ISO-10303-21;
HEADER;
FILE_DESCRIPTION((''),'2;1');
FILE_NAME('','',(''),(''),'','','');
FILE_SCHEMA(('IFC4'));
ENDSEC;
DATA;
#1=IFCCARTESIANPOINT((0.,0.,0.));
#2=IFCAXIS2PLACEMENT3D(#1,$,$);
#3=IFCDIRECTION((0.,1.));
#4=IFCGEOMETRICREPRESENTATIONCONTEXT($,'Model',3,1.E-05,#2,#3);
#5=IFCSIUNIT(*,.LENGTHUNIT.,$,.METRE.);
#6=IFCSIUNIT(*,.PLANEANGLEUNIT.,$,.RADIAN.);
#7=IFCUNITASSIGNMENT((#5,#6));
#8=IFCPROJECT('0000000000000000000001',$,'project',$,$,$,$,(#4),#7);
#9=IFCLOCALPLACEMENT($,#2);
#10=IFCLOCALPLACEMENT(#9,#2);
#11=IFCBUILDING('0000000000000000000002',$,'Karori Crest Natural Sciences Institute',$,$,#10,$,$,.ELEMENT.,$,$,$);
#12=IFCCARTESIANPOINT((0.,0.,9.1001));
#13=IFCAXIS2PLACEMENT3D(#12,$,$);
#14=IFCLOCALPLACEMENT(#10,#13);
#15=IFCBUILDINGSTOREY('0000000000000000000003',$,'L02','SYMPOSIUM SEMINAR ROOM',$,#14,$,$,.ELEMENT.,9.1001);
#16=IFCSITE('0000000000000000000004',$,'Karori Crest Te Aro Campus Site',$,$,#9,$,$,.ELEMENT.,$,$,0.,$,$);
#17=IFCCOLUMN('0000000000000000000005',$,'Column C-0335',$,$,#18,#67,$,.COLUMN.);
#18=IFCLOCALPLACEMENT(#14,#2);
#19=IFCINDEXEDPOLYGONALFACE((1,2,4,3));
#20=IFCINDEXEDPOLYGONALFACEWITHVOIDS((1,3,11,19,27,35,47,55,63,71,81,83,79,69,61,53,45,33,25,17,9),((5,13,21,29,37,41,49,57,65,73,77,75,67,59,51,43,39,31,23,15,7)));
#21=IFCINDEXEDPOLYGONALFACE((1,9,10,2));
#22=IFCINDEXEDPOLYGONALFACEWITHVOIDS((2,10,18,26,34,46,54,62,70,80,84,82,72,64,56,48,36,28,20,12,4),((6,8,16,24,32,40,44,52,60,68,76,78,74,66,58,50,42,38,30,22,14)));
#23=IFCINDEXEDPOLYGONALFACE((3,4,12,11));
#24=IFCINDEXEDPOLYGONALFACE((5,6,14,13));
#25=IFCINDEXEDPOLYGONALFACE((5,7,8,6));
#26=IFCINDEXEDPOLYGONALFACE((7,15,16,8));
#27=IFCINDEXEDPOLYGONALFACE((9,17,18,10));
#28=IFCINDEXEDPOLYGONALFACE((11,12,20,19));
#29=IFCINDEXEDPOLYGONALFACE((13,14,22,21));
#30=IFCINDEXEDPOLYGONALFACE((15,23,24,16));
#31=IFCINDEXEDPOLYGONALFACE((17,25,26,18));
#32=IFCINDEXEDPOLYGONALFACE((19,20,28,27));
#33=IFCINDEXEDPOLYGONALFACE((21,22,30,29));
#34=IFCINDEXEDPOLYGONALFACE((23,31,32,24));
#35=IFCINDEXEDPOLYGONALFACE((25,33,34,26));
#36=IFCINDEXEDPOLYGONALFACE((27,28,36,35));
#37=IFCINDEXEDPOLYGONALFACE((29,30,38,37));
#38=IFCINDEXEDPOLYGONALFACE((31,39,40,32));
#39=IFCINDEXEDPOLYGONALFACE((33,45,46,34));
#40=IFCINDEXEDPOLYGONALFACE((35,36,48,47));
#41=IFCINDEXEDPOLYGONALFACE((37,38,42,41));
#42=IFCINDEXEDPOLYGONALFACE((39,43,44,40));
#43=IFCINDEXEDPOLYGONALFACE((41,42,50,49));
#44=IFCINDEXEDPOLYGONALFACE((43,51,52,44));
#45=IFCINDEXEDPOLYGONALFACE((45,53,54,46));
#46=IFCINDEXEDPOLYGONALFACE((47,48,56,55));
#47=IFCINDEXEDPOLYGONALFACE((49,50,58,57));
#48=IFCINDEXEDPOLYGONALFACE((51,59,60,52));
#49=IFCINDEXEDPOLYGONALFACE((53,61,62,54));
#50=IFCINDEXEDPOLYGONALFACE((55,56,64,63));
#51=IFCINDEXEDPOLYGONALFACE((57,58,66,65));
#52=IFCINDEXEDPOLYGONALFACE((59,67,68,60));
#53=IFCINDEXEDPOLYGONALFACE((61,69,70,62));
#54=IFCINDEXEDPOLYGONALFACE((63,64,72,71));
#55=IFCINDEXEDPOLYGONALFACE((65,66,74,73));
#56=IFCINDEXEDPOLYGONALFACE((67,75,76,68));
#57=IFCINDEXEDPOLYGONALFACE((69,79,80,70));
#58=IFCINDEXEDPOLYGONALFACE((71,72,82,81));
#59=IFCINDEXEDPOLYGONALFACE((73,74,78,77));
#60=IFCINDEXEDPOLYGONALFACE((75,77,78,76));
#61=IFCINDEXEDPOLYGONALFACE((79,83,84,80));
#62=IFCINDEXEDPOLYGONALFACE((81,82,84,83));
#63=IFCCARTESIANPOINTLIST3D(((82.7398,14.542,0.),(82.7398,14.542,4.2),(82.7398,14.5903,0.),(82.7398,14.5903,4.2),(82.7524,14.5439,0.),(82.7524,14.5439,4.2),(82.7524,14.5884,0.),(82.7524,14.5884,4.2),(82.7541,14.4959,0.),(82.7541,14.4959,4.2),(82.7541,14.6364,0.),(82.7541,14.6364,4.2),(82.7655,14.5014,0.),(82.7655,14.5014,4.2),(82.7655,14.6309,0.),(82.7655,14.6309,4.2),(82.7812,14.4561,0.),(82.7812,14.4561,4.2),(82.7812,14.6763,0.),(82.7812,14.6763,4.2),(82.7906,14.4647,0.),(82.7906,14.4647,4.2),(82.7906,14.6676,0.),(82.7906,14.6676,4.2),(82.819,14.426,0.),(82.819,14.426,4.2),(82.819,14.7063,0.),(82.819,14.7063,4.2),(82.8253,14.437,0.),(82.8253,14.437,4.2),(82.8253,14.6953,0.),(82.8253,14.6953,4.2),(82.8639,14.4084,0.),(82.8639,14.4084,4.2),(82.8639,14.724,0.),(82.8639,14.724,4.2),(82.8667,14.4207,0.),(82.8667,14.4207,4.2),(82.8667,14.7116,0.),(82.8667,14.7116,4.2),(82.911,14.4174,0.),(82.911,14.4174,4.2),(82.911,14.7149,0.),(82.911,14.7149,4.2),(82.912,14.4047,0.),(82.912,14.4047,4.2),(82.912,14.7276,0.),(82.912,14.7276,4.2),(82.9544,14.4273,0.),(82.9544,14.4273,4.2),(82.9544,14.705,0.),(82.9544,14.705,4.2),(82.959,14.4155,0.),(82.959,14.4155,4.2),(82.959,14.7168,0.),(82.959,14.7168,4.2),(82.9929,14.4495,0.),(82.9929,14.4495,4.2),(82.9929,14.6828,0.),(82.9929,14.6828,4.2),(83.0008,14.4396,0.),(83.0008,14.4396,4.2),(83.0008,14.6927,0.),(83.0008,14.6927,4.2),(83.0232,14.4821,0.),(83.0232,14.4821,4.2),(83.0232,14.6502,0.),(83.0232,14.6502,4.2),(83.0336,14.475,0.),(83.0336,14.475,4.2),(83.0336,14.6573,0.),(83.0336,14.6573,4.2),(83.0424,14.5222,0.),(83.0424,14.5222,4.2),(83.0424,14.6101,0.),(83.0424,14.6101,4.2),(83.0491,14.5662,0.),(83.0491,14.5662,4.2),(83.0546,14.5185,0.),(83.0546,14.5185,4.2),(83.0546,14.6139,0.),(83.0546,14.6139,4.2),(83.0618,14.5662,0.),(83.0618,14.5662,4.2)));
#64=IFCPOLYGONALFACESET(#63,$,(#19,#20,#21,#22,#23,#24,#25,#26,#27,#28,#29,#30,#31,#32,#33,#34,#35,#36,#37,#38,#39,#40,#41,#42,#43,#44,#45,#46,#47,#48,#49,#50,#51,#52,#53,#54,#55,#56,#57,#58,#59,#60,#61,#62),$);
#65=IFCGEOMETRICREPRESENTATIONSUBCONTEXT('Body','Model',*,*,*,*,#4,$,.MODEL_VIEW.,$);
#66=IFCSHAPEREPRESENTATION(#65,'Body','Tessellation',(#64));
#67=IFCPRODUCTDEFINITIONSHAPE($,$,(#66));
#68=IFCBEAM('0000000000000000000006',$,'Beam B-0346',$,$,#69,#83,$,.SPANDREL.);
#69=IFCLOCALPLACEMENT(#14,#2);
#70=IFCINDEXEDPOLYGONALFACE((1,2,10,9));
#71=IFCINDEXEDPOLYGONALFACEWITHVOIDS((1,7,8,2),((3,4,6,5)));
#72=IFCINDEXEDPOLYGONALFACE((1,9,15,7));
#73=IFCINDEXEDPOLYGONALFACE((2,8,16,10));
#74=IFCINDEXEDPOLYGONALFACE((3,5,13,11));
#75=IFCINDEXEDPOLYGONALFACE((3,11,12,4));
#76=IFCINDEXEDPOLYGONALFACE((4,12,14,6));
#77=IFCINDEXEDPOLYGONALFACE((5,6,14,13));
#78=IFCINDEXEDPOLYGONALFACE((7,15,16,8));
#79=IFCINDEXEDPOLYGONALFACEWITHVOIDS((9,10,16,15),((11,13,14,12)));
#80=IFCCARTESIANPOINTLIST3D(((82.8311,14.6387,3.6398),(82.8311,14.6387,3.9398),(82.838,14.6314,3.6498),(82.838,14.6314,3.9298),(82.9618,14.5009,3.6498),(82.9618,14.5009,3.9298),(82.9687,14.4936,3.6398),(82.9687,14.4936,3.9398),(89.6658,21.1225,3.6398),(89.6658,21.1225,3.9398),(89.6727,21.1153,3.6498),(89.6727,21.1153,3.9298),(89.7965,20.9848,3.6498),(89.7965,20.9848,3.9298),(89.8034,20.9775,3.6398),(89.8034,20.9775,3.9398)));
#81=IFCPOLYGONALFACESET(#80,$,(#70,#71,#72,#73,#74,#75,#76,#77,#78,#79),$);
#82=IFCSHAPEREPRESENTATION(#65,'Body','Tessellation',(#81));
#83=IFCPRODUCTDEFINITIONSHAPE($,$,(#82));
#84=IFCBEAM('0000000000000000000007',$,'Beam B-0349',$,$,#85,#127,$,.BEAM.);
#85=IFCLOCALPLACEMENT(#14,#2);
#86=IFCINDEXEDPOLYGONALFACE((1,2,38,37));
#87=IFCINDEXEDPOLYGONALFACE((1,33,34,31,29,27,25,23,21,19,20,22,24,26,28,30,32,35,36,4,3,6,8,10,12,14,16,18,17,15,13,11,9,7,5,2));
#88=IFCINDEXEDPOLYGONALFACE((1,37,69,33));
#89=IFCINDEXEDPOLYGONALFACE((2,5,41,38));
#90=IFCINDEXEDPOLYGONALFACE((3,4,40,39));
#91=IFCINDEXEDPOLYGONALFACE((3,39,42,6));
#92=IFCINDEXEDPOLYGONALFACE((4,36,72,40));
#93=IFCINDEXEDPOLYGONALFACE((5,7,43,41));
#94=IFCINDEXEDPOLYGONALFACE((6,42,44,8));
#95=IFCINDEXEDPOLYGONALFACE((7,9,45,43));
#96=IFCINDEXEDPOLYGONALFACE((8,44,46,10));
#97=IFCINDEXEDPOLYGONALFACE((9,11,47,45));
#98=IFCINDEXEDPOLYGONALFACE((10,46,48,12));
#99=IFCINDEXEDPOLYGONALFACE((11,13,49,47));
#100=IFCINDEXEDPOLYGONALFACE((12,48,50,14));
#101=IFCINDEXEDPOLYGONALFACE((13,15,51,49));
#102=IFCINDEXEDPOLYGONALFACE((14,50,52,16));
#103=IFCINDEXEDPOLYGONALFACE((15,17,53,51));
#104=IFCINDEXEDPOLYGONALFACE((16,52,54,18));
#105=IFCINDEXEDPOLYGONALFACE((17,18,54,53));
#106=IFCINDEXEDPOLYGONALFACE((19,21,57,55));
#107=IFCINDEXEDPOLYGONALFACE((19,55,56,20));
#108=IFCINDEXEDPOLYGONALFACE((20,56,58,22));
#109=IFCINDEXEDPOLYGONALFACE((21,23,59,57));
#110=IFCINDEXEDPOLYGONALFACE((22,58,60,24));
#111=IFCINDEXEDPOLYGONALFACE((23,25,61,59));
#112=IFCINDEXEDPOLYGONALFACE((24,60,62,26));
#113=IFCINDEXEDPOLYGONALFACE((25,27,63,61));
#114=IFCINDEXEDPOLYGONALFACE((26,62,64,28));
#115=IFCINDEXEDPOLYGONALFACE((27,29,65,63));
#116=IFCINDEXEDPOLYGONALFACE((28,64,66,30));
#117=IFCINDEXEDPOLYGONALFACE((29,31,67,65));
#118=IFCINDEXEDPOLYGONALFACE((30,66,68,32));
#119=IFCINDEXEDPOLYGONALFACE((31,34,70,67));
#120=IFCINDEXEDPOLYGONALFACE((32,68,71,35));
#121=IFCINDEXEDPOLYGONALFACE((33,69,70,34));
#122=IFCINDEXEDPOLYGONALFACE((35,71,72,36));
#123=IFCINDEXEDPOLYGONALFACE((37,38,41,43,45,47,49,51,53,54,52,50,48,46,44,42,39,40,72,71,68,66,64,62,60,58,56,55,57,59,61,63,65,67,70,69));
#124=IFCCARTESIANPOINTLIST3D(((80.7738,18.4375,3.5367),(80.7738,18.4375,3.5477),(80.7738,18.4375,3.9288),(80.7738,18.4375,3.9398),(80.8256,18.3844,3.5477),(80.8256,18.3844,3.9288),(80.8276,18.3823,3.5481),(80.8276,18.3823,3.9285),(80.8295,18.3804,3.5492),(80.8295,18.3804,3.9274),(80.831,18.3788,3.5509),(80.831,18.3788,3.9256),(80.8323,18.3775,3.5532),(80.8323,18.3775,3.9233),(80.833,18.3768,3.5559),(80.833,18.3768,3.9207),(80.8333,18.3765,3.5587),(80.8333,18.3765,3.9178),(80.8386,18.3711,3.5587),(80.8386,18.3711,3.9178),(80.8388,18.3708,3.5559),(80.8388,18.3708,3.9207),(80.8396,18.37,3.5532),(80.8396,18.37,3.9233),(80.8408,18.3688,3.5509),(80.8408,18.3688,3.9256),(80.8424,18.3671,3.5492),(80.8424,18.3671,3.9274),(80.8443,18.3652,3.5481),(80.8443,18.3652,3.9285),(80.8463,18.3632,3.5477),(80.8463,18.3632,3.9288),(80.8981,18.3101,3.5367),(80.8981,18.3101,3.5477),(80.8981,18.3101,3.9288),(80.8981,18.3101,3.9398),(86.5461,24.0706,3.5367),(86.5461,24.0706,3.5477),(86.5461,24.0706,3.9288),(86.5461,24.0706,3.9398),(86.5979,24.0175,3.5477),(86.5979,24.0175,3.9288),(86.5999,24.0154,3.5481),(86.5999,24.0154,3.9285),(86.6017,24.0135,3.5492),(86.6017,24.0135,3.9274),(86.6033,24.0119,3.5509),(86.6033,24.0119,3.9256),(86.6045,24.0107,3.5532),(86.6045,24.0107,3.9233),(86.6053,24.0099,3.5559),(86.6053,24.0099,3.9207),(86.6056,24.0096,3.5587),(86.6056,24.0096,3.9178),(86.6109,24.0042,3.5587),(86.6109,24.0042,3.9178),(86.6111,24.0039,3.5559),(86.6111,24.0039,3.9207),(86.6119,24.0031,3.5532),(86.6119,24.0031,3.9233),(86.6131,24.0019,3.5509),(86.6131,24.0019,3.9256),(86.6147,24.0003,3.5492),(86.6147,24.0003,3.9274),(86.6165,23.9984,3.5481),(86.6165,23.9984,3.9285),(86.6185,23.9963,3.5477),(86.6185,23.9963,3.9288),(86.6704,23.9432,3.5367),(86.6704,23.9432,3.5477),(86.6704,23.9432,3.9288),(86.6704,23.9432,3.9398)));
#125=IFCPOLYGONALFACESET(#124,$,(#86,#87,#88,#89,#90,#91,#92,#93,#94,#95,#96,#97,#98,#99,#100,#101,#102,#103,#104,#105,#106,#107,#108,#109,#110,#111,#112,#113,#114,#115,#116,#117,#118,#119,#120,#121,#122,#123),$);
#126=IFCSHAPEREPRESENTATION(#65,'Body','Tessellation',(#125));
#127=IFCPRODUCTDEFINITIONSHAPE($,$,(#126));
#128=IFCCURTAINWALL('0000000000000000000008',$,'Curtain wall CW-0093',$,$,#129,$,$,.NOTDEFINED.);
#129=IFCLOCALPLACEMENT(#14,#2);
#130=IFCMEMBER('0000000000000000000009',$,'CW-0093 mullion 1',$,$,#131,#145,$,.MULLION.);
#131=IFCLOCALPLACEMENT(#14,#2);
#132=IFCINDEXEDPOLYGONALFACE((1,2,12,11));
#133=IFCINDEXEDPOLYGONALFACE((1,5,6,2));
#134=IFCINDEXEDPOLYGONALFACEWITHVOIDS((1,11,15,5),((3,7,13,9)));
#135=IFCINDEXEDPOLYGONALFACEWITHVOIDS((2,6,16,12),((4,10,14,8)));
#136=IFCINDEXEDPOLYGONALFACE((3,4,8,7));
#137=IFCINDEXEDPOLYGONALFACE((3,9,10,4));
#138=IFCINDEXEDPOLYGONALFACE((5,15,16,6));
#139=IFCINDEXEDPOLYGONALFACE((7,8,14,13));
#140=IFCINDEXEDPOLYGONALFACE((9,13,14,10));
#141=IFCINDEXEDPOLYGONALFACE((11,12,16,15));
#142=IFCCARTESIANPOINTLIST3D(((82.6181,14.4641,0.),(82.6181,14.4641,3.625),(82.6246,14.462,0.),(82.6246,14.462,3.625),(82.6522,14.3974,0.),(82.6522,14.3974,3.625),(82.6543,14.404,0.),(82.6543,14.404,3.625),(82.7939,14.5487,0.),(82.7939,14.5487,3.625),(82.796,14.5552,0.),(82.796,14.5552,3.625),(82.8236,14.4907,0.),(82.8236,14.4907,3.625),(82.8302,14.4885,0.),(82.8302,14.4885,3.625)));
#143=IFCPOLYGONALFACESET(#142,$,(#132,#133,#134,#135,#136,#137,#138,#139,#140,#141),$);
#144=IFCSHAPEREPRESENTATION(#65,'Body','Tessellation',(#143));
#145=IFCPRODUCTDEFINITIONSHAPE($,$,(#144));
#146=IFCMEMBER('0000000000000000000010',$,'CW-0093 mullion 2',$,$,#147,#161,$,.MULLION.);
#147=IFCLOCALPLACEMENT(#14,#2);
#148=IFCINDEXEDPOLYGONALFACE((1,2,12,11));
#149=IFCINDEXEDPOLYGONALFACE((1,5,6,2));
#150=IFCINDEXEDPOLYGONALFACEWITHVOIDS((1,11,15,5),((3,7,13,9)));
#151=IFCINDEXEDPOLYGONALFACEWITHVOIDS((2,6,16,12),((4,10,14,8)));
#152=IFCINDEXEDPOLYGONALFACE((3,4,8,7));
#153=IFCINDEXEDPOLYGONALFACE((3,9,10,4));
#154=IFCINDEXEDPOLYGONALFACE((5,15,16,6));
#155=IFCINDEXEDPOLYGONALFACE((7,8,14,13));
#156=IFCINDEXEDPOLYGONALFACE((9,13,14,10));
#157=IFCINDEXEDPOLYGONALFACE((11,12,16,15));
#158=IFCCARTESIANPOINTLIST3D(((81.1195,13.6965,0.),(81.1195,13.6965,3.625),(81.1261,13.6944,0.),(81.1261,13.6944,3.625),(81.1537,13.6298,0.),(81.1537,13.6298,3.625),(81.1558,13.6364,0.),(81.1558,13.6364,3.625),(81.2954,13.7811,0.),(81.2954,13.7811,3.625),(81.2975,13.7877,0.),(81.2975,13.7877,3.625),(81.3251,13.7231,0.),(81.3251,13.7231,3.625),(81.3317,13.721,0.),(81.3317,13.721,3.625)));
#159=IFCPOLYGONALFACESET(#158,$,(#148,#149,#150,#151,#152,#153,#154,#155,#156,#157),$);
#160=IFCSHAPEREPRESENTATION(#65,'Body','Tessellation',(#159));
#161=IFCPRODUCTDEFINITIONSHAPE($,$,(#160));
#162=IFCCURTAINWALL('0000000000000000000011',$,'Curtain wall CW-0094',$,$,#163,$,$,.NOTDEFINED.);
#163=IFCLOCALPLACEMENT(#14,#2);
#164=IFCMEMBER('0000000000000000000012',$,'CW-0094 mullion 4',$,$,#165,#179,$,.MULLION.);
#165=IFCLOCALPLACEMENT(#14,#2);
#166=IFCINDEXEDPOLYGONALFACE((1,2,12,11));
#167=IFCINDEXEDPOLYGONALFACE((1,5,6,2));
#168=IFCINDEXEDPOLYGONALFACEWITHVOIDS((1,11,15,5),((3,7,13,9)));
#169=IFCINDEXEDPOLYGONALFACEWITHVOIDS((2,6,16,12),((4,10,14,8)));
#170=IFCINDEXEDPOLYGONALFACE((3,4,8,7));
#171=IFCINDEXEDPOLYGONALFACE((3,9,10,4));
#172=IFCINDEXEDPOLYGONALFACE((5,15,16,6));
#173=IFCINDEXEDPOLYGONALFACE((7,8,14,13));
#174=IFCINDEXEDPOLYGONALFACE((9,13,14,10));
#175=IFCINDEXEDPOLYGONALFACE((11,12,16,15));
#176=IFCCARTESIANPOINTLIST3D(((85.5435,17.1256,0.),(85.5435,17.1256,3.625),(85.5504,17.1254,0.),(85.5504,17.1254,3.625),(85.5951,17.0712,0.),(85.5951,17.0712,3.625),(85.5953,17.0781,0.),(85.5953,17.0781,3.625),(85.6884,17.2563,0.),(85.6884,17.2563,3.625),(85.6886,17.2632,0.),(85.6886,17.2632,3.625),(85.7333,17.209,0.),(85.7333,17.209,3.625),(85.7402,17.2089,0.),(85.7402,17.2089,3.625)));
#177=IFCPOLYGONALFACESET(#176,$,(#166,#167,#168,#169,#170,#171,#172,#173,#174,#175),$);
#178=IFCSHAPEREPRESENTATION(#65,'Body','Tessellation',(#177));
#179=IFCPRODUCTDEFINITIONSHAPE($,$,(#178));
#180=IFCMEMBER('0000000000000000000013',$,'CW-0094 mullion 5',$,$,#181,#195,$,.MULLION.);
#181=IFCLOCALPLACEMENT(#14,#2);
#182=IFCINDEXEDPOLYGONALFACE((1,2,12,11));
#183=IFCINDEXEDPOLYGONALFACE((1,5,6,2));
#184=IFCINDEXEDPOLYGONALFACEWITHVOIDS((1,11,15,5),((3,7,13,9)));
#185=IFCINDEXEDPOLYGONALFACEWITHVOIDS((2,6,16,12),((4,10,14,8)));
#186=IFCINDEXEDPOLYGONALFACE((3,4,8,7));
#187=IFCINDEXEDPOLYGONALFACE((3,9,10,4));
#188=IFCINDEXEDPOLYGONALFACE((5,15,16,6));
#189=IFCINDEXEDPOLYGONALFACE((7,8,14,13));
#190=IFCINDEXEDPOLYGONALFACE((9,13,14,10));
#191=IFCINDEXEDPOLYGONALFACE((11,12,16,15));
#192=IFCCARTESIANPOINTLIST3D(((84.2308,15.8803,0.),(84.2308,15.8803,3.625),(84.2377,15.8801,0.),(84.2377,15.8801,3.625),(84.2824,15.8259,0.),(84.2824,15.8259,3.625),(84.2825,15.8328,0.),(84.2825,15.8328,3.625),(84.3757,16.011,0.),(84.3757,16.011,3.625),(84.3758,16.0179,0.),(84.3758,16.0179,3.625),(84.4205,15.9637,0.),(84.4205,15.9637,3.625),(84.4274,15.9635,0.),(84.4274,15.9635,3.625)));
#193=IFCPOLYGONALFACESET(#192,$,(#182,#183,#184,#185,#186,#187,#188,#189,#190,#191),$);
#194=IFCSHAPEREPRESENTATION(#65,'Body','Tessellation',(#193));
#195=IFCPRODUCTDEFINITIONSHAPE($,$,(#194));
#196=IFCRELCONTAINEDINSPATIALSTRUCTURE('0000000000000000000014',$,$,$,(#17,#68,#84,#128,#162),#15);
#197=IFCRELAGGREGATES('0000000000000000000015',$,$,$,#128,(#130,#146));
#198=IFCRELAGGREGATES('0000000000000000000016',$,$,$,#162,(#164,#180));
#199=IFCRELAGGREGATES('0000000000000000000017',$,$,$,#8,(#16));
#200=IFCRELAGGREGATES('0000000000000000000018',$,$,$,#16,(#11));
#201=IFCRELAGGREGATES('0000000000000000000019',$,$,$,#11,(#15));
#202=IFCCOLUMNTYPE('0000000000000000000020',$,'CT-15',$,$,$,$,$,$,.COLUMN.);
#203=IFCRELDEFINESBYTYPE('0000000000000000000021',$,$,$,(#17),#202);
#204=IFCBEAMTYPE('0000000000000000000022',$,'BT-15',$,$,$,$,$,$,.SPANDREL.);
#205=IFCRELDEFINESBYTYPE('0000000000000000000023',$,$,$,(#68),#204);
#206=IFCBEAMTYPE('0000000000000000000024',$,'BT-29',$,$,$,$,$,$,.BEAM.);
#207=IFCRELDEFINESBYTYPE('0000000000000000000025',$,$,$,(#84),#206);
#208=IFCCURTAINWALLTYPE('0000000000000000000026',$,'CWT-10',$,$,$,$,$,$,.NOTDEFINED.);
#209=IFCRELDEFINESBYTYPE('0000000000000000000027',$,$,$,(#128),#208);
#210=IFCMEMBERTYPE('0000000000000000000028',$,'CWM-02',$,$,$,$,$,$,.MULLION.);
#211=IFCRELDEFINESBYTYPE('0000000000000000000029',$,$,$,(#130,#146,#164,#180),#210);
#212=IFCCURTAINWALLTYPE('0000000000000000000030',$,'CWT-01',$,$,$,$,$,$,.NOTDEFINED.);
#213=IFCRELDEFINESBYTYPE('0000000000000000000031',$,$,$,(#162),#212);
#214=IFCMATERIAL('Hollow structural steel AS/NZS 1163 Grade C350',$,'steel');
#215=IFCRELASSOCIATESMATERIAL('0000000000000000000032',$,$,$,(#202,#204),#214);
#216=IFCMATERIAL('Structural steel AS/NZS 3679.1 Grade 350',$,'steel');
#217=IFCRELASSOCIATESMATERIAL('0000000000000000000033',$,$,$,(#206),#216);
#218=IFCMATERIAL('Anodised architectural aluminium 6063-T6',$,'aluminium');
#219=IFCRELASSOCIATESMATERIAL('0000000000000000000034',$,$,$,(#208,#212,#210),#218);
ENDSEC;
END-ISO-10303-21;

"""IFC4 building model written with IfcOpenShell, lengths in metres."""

from ifc_helpers import new_model, si_unit, direction, frame, origin, origin_2d, place, context, subcontext, project, spatial, hollow_rectangle, hollow_circle, i_section, extrude, material, material_profile, profile_set, type_object, element, aggregate, save


model = new_model("IFC4")

# Units and contexts
model_context = context("Model", 3, precision=1e-05, world=origin(), true_north=direction((0.0, 1.0)))
body_context = subcontext(model_context, "Body", "Model", "MODEL_VIEW")
ifc_project = project(units=[si_unit("LENGTHUNIT", "METRE"), si_unit("PLANEANGLEUNIT", "RADIAN")], contexts=[model_context])

# Site, building, storey
site_placement = place(None, origin())
site = spatial("IfcSite", under=ifc_project, at=site_placement, Name="Karori Crest Te Aro Campus Site", CompositionType="ELEMENT", RefElevation=0.0)
building_placement = place(site_placement, origin())
building = spatial("IfcBuilding", under=site, at=building_placement, Name="Karori Crest Natural Sciences Institute", CompositionType="ELEMENT")
storey_placement = place(building_placement, frame((0.0, 0.0, 9.1001)))
storey = spatial("IfcBuildingStorey", under=building, at=storey_placement, Name="L02", Description="SYMPOSIUM SEMINAR ROOM", CompositionType="ELEMENT", Elevation=9.1001)

# Column
ifc_material_1 = material(Name="Hollow structural steel AS/NZS 1163 Grade C350", Category="steel")
ifc_material_profile_1 = material_profile(ifc_material_1, hollow_circle(Radius=0.1619, WallThickness=0.0127, at=origin_2d()), Name="CHS323.9x12.7")
ifc_profile_set_1 = profile_set([ifc_material_profile_1], Name="Hollow structural steel AS/NZS 1163 Grade C350")
column_type = type_object("IfcColumnType", Name="CT-15", PredefinedType="COLUMN", material=ifc_profile_set_1)
column_placement = place(storey_placement, frame((82.8999, 14.5662, 0.0), z_axis=(0.0, 0.0, 1.0), x_axis=(1.0, 0.0, 0.0)))
element("IfcColumn", 1, at=column_placement, inside=storey, type_object=column_type, Name="Column C-0335", PredefinedType="COLUMN", context=body_context, shape_type="SweptSolid", body=[
    extrude(hollow_circle(Radius=0.1619, WallThickness=0.0127, at=origin_2d()), origin(), (0.0, 0.0, 1.0), 4.2),
])

# Beams
ifc_material_profile_2 = material_profile(ifc_material_1, hollow_rectangle(XDim=0.2, YDim=0.3, WallThickness=0.01, at=origin_2d()), Name="RHS300x200x10")
ifc_profile_set_2 = profile_set([ifc_material_profile_2], Name="Hollow structural steel AS/NZS 1163 Grade C350")
beam_type_1 = type_object("IfcBeamType", Name="BT-15", PredefinedType="SPANDREL", material=ifc_profile_set_2)
beam_1_placement = place(storey_placement, frame((82.8999, 14.5662, 3.7898), z_axis=(0.725481, 0.688242, 0.0), x_axis=(-0.688242, 0.725481, 0.0)))
element("IfcBeam", 2, at=beam_1_placement, inside=storey, type_object=beam_type_1, Name="Beam B-0346", PredefinedType="SPANDREL", context=body_context, shape_type="SweptSolid", body=[
    extrude(hollow_rectangle(XDim=0.2, YDim=0.3, WallThickness=0.01, at=origin_2d()), origin(), (0.0, 0.0, 1.0), 9.4209),
])
ifc_material_2 = material(Name="Structural steel AS/NZS 3679.1 Grade 350", Category="steel")
ifc_material_profile_3 = material_profile(ifc_material_2, i_section(OverallWidth=0.178, OverallDepth=0.4031, WebThickness=0.0076, FlangeThickness=0.011, FilletRadius=0.011, at=origin_2d()), Name="410UB53.7")
ifc_profile_set_3 = profile_set([ifc_material_profile_3], Name="Structural steel AS/NZS 3679.1 Grade 350")
beam_type_2 = type_object("IfcBeamType", Name="BT-29", PredefinedType="BEAM", material=ifc_profile_set_3)
beam_2_placement = place(storey_placement, frame((80.8359, 18.3738, 3.7383), z_axis=(0.715681, 0.698427, 0.0), x_axis=(-0.698427, 0.715681, 0.0)))
element("IfcBeam", 3, at=beam_2_placement, inside=storey, type_object=beam_type_2, Name="Beam B-0349", PredefinedType="BEAM", context=body_context, shape_type="SweptSolid", body=[
    extrude(i_section(OverallWidth=0.178, OverallDepth=0.4031, WebThickness=0.0076, FlangeThickness=0.011, FilletRadius=0.011, at=origin_2d()), origin(), (0.0, 0.0, 1.0), 8.0654),
])

# Curtain walls, members
ifc_material_3 = material(Name="Anodised architectural aluminium 6063-T6", Category="aluminium")
curtain_wall_type_1 = type_object("IfcCurtainWallType", Name="CWT-10", PredefinedType="NOTDEFINED", material=ifc_material_3)
curtain_wall_1_placement = place(storey_placement, origin())
curtain_wall_1 = element("IfcCurtainWall", 4, at=curtain_wall_1_placement, inside=storey, type_object=curtain_wall_type_1, Name="Curtain wall CW-0093", PredefinedType="NOTDEFINED")
ifc_material_profile_4 = material_profile(ifc_material_3, hollow_rectangle(XDim=0.075, YDim=0.2, WallThickness=0.0049, at=origin_2d()), Name="CWM200x75x5")
ifc_profile_set_4 = profile_set([ifc_material_profile_4], Name="Anodised architectural aluminium 6063-T6")
member_type_1 = type_object("IfcMemberType", Name="CWM-02", PredefinedType="MULLION", material=ifc_profile_set_4)
member_1_placement = place(storey_placement, frame((82.7241, 14.4763, 0.0), z_axis=(0.0, 0.0, 1.0), x_axis=(0.455833, -0.890065, 0.0)))
member_1 = element("IfcMember", 5, at=member_1_placement, type_object=member_type_1, Name="CW-0093 mullion 1", PredefinedType="MULLION", context=body_context, shape_type="SweptSolid", body=[
    extrude(hollow_rectangle(XDim=0.075, YDim=0.2, WallThickness=0.0049, at=origin_2d()), origin(), (0.0, 0.0, 1.0), 3.625),
])
member_2_placement = place(storey_placement, frame((81.2256, 13.7087, 0.0), z_axis=(0.0, 0.0, 1.0), x_axis=(0.455833, -0.890065, 0.0)))
member_2 = element("IfcMember", 6, at=member_2_placement, type_object=member_type_1, Name="CW-0093 mullion 2", PredefinedType="MULLION", context=body_context, shape_type="SweptSolid", body=[
    extrude(hollow_rectangle(XDim=0.075, YDim=0.2, WallThickness=0.0049, at=origin_2d()), origin(), (0.0, 0.0, 1.0), 3.625),
])
curtain_wall_type_2 = type_object("IfcCurtainWallType", Name="CWT-01", PredefinedType="NOTDEFINED", material=ifc_material_3)
curtain_wall_2_placement = place(storey_placement, origin())
curtain_wall_2 = element("IfcCurtainWall", 7, at=curtain_wall_2_placement, inside=storey, type_object=curtain_wall_type_2, Name="Curtain wall CW-0094", PredefinedType="NOTDEFINED")
member_3_placement = place(storey_placement, frame((85.6418, 17.1672, 0.0), z_axis=(0.0, 0.0, 1.0), x_axis=(0.688251, -0.725473, 0.0)))
member_3 = element("IfcMember", 8, at=member_3_placement, type_object=member_type_1, Name="CW-0094 mullion 4", PredefinedType="MULLION", context=body_context, shape_type="SweptSolid", body=[
    extrude(hollow_rectangle(XDim=0.075, YDim=0.2, WallThickness=0.0049, at=origin_2d()), origin(), (0.0, 0.0, 1.0), 3.625),
])
member_4_placement = place(storey_placement, frame((84.3291, 15.9219, 0.0), z_axis=(0.0, 0.0, 1.0), x_axis=(0.688251, -0.725473, 0.0)))
member_4 = element("IfcMember", 9, at=member_4_placement, type_object=member_type_1, Name="CW-0094 mullion 5", PredefinedType="MULLION", context=body_context, shape_type="SweptSolid", body=[
    extrude(hollow_rectangle(XDim=0.075, YDim=0.2, WallThickness=0.0049, at=origin_2d()), origin(), (0.0, 0.0, 1.0), 3.625),
])

aggregate(curtain_wall_1, [member_1, member_2])
aggregate(curtain_wall_2, [member_3, member_4])

save(model, "model.ifc")
